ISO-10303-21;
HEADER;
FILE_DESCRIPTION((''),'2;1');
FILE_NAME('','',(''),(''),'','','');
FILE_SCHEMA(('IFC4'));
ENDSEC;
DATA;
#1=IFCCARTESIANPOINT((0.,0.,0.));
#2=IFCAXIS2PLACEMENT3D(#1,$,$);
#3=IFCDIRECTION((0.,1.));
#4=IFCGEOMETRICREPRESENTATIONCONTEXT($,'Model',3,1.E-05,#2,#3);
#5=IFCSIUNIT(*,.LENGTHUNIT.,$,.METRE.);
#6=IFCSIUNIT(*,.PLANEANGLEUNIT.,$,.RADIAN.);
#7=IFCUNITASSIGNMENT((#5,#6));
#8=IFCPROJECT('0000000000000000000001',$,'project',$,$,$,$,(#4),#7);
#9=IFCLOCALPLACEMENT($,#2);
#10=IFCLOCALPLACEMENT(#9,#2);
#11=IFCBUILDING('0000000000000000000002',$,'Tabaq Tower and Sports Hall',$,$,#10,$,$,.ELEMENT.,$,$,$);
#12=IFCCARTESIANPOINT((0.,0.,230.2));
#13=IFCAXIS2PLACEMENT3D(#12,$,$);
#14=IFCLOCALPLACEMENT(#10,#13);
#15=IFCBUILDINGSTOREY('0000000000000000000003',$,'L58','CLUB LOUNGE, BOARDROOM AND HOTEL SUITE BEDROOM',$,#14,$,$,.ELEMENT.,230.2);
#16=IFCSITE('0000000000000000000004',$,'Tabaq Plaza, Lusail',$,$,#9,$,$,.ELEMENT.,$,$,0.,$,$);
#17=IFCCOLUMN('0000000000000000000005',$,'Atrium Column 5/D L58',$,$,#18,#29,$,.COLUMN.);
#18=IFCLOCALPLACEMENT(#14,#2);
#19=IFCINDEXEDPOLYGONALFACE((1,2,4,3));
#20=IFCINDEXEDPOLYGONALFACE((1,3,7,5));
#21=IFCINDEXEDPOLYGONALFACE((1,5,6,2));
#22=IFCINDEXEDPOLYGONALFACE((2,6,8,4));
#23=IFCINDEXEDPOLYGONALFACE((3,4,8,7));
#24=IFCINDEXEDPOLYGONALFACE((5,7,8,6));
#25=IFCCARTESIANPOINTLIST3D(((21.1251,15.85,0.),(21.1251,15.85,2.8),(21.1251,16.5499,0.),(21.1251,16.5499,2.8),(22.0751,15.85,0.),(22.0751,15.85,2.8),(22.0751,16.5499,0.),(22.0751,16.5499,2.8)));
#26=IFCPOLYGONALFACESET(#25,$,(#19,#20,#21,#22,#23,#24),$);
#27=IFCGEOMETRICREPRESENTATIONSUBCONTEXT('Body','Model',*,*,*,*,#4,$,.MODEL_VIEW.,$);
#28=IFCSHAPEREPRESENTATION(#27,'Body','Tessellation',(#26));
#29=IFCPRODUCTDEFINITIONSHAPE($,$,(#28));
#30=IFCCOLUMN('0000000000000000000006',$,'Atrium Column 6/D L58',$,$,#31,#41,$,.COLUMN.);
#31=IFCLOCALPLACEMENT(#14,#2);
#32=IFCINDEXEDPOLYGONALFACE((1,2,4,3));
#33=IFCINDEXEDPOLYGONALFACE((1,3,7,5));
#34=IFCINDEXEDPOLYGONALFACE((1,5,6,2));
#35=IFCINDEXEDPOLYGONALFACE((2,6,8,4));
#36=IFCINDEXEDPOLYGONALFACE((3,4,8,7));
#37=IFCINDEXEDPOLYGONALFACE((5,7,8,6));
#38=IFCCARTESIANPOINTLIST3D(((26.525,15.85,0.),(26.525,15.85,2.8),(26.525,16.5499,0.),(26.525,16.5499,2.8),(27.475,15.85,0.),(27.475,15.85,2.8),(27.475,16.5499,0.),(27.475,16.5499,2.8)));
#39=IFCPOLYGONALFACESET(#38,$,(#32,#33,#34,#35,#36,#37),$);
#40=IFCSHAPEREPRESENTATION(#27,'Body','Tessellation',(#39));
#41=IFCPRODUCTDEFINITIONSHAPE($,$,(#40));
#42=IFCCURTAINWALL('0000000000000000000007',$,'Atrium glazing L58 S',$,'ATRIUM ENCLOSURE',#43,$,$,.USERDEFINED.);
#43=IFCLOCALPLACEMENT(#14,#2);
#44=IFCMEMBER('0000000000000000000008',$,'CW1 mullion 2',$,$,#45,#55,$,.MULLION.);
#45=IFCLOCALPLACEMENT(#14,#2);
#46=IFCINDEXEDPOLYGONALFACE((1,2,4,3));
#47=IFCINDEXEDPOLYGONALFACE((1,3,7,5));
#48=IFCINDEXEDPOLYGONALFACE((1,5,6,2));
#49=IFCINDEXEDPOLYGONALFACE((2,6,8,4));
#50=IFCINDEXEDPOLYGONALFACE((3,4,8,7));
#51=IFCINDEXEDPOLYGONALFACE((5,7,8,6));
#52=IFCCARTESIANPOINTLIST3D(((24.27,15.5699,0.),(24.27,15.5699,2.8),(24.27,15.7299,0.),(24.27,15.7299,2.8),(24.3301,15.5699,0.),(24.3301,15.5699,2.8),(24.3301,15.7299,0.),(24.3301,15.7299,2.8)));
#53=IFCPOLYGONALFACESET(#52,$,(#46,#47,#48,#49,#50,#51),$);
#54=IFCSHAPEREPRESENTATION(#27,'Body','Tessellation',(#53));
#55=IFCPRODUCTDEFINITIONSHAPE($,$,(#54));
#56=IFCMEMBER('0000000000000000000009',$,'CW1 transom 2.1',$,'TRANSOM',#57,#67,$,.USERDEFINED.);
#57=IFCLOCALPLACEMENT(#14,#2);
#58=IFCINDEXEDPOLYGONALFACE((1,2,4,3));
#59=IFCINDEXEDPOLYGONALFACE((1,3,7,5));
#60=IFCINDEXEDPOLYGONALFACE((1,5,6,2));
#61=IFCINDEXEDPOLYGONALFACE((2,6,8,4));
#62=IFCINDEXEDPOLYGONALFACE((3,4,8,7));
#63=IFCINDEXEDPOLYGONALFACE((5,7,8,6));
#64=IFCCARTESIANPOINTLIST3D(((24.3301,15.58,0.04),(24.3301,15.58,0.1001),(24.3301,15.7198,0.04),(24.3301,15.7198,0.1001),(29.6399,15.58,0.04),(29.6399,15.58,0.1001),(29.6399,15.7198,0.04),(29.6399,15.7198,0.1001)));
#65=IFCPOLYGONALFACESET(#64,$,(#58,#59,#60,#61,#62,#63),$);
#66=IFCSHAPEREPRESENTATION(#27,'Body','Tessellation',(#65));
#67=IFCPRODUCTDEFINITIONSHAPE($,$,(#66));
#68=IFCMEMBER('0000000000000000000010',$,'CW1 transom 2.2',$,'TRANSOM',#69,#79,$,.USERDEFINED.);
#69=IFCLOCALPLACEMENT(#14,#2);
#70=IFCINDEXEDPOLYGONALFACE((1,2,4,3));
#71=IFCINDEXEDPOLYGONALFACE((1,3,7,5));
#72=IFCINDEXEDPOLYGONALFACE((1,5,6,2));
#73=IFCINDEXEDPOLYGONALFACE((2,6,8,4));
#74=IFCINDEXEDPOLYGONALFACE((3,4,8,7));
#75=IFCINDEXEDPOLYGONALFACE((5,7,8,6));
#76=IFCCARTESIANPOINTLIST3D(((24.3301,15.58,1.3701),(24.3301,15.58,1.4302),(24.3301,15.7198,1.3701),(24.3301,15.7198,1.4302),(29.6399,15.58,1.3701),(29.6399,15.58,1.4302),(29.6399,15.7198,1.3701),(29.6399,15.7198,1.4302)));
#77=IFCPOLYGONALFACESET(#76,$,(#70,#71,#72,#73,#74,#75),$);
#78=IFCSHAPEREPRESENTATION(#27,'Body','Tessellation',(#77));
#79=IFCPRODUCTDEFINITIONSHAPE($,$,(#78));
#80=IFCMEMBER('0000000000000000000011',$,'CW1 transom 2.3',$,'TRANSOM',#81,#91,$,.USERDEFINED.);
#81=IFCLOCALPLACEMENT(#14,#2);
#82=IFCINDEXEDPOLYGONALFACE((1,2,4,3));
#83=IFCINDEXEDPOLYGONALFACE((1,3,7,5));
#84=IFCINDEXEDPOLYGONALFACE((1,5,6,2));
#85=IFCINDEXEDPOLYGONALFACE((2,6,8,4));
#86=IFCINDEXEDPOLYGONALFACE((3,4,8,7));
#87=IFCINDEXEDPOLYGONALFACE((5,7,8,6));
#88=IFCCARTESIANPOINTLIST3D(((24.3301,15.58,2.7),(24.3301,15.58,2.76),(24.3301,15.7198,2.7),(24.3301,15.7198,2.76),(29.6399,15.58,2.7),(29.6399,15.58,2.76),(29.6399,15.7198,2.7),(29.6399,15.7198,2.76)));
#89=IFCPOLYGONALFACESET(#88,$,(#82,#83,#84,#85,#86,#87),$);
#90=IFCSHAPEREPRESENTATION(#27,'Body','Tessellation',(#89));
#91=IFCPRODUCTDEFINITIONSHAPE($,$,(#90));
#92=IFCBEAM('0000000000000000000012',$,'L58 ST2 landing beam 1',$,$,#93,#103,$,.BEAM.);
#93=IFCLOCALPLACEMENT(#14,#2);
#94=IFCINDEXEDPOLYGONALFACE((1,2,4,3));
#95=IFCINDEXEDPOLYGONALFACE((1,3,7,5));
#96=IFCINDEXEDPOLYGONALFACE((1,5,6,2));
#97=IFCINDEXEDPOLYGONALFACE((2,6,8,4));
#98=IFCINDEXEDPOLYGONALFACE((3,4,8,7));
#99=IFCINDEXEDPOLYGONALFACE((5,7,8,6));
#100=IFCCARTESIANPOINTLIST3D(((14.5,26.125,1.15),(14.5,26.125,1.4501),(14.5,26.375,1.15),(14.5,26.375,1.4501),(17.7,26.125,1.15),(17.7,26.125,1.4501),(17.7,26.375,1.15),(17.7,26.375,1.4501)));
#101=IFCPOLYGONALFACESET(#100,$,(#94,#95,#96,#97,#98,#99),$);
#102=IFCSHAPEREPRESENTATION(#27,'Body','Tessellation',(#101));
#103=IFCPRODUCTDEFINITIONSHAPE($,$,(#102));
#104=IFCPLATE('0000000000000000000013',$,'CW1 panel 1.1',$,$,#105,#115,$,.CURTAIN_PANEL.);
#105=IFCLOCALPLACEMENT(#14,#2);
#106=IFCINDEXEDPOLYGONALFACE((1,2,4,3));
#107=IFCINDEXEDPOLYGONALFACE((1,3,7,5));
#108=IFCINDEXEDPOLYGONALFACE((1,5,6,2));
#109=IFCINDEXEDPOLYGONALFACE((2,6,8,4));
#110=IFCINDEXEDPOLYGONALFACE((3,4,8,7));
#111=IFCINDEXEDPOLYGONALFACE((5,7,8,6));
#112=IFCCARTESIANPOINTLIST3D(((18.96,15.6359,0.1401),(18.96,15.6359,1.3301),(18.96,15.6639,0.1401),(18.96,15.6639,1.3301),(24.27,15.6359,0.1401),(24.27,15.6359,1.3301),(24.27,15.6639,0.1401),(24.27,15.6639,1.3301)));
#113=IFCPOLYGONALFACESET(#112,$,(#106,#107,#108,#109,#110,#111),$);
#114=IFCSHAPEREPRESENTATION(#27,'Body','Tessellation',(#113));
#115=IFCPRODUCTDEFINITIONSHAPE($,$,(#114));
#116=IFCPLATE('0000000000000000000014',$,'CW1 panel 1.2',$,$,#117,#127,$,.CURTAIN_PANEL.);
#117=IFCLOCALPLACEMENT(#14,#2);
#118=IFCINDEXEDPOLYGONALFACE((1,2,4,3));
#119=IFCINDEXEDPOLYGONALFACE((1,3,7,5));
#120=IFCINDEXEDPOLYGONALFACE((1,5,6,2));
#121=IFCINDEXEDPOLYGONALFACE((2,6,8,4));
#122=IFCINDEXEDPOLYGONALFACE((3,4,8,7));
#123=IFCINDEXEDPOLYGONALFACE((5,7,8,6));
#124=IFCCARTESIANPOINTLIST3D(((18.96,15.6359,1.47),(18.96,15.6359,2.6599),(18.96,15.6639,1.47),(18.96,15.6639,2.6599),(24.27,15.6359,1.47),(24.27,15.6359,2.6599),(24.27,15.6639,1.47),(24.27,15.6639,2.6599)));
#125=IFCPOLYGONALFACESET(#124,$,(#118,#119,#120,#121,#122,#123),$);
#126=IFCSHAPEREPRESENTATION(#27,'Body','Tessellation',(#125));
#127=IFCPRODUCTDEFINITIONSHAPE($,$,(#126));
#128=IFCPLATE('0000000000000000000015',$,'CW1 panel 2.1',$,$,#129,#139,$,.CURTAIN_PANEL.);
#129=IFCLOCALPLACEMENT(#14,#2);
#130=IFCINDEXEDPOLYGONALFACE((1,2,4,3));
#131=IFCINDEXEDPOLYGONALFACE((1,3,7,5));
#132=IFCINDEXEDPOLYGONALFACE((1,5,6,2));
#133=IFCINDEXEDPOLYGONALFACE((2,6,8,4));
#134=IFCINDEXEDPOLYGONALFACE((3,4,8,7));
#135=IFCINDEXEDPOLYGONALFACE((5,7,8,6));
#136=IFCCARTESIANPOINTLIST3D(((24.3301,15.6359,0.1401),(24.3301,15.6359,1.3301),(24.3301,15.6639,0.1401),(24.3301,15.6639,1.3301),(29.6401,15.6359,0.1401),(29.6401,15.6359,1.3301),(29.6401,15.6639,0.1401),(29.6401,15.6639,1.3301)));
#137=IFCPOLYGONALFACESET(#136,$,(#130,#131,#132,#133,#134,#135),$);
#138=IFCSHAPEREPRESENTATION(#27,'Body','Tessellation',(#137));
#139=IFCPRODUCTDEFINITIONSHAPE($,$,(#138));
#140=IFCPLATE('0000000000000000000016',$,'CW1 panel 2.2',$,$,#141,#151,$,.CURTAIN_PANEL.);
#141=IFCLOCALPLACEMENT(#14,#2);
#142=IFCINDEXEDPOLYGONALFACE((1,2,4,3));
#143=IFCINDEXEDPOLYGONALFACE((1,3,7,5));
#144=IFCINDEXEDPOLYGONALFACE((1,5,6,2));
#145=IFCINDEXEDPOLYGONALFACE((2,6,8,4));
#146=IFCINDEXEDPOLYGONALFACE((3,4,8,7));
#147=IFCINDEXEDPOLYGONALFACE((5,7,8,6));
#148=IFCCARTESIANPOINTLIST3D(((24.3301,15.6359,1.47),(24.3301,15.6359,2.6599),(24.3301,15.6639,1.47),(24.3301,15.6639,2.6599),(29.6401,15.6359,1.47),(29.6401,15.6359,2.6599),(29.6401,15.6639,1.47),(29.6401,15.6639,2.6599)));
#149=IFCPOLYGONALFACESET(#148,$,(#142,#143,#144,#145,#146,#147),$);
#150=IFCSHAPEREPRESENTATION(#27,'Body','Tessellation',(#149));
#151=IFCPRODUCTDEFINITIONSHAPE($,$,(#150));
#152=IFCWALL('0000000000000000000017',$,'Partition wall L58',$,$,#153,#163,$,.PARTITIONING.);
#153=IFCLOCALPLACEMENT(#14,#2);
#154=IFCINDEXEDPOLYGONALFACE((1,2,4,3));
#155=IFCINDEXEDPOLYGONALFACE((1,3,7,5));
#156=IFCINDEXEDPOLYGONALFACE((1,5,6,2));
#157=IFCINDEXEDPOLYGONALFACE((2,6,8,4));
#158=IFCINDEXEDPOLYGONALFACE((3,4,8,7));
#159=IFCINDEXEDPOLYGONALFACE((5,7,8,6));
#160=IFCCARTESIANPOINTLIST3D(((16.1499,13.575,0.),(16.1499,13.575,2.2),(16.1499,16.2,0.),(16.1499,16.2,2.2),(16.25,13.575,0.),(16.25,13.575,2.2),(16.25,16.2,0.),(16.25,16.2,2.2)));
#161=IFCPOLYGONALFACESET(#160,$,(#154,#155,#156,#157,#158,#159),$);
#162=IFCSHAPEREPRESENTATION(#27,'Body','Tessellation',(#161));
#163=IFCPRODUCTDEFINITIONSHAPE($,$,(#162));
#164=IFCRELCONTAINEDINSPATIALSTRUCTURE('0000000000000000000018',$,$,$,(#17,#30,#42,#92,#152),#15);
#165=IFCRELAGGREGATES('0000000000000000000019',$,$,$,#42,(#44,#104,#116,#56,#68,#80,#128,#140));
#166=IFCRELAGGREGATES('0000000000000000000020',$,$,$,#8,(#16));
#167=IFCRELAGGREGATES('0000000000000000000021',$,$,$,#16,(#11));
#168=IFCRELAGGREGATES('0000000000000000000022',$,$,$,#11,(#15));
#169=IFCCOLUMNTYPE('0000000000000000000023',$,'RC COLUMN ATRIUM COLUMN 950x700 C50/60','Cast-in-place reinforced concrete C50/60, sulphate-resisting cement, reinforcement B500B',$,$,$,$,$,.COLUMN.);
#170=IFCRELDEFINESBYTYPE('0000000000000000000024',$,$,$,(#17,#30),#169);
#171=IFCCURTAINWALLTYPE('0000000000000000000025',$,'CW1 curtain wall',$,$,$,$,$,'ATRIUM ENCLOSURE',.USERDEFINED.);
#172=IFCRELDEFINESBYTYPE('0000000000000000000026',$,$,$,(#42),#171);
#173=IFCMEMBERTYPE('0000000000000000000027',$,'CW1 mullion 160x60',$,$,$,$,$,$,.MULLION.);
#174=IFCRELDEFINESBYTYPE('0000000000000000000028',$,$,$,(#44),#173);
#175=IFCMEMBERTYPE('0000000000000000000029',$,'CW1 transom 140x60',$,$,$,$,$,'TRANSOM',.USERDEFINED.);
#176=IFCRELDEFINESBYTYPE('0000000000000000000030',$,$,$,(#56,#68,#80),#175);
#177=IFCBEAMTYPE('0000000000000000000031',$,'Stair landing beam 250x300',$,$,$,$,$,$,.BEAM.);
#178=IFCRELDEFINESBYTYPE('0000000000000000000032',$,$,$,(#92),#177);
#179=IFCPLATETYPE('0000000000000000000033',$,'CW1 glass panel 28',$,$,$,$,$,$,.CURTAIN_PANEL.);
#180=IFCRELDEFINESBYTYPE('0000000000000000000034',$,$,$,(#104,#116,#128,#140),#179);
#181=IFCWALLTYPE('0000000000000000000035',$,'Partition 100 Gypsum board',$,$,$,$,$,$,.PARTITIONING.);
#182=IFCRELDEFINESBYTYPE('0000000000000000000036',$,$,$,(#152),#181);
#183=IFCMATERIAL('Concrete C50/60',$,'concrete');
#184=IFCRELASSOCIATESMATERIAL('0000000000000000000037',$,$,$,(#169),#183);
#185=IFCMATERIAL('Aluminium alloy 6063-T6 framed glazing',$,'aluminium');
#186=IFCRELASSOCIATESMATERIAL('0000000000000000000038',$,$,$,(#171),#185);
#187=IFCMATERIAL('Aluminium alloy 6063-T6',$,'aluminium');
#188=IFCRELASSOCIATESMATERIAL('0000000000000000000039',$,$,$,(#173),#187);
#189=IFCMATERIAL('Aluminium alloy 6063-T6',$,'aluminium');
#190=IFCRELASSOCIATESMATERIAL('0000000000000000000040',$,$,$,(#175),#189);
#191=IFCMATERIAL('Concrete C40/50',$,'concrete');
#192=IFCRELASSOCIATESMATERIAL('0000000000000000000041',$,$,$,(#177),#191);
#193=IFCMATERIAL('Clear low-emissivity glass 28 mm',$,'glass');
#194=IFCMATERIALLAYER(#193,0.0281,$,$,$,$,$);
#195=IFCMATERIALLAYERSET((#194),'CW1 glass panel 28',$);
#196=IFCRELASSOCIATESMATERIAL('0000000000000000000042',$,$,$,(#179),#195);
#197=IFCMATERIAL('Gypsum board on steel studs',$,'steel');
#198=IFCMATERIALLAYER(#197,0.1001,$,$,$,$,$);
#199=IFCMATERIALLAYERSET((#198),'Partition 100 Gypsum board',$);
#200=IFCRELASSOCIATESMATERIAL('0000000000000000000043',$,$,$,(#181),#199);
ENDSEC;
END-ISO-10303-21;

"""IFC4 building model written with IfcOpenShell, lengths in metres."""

from ifc_helpers import new_model, si_unit, direction, frame, frame_2d, origin, origin_2d, place, context, subcontext, project, spatial, rectangle, extrude, material, layer, layer_set, material_profile, profile_set, type_object, element, aggregate, save


model = new_model("IFC4")

# Units and contexts
model_context = context("Model", 3, precision=1e-05, world=origin(), true_north=direction((0.0, 1.0)))
body_context = subcontext(model_context, "Body", "Model", "MODEL_VIEW")
ifc_project = project(units=[si_unit("LENGTHUNIT", "METRE"), si_unit("PLANEANGLEUNIT", "RADIAN")], contexts=[model_context])

# Site, building, storey
site_placement = place(None, origin())
site = spatial("IfcSite", under=ifc_project, at=site_placement, Name="Tabaq Plaza, Lusail", CompositionType="ELEMENT", RefElevation=0.0)
building_placement = place(site_placement, origin())
building = spatial("IfcBuilding", under=site, at=building_placement, Name="Tabaq Tower and Sports Hall", CompositionType="ELEMENT")
storey_placement = place(building_placement, frame((0.0, 0.0, 230.2)))
storey = spatial("IfcBuildingStorey", under=building, at=storey_placement, Name="L58", Description="CLUB LOUNGE, BOARDROOM AND HOTEL SUITE BEDROOM", CompositionType="ELEMENT", Elevation=230.2)

# Columns
ifc_material_1 = material(Name="Concrete C50/60", Category="concrete")
ifc_material_profile_1 = material_profile(ifc_material_1, rectangle(XDim=0.95, YDim=0.7, at=origin_2d()), Name="ATRIUM COLUMN 950x700")
ifc_profile_set_1 = profile_set([ifc_material_profile_1], Name="Concrete C50/60")
column_type = type_object("IfcColumnType", Name="RC COLUMN ATRIUM COLUMN 950x700 C50/60", Description="Cast-in-place reinforced concrete C50/60, sulphate-resisting cement, reinforcement B500B", PredefinedType="COLUMN", material=ifc_profile_set_1)
for number, where, z_axis, x_axis, name in (
    (1, (21.6001, 16.2, 0.0), (0.0, 0.0, 1.0), (1.0, 0.0, 0.0), "Atrium Column 5/D L58"),
    (2, (27.0, 16.2, 0.0), (0.0, 0.0, 1.0), (1.0, 0.0, 0.0), "Atrium Column 6/D L58"),
):
    element("IfcColumn", number, at=place(storey_placement, frame(where, z_axis=z_axis, x_axis=x_axis)), inside=storey, type_object=column_type, Name=name, PredefinedType="COLUMN", context=body_context, shape_type="SweptSolid", body=[
        extrude(rectangle(XDim=0.95, YDim=0.7, at=origin_2d()), origin(), (0.0, 0.0, 1.0), 2.8),
    ])

# Curtain wall, members
ifc_material_2 = material(Name="Aluminium alloy 6063-T6 framed glazing", Category="aluminium")
curtain_wall_type = type_object("IfcCurtainWallType", Name="CW1 curtain wall", ElementType="ATRIUM ENCLOSURE", PredefinedType="USERDEFINED", material=ifc_material_2)
curtain_wall_placement = place(storey_placement, origin())
curtain_wall = element("IfcCurtainWall", 3, at=curtain_wall_placement, inside=storey, type_object=curtain_wall_type, Name="Atrium glazing L58 S", ObjectType="ATRIUM ENCLOSURE", PredefinedType="USERDEFINED")
ifc_material_3 = material(Name="Aluminium alloy 6063-T6", Category="aluminium")
ifc_material_profile_2 = material_profile(ifc_material_3, rectangle(XDim=0.1599, YDim=0.0601, at=origin_2d()), Name="MULLION 160x60")
ifc_profile_set_2 = profile_set([ifc_material_profile_2], Name="Aluminium alloy 6063-T6")
member_type_1 = type_object("IfcMemberType", Name="CW1 mullion 160x60", PredefinedType="MULLION", material=ifc_profile_set_2)
member_1_placement = place(storey_placement, frame((24.3, 15.6499, 0.0), z_axis=(0.0, 0.0, 1.0), x_axis=(0.0, 1.0, 0.0)))
member_1 = element("IfcMember", 4, at=member_1_placement, type_object=member_type_1, Name="CW1 mullion 2", PredefinedType="MULLION", context=body_context, shape_type="SweptSolid", body=[
    extrude(rectangle(XDim=0.1599, YDim=0.0601, at=origin_2d()), origin(), (0.0, 0.0, 1.0), 2.8),
])
ifc_material_4 = material(Name="Aluminium alloy 6063-T6", Category="aluminium")
ifc_material_profile_3 = material_profile(ifc_material_4, rectangle(XDim=0.1399, YDim=0.0601, at=origin_2d()), Name="TRANSOM 140x60")
ifc_profile_set_3 = profile_set([ifc_material_profile_3], Name="Aluminium alloy 6063-T6")
member_type_2 = type_object("IfcMemberType", Name="CW1 transom 140x60", ElementType="TRANSOM", PredefinedType="USERDEFINED", material=ifc_profile_set_3)
member_2_placement = place(storey_placement, frame((24.3301, 15.6499, 0.0701), z_axis=(1.0, 0.0, 0.0), x_axis=(0.0, 1.0, 0.0)))
member_2 = element("IfcMember", 5, at=member_2_placement, type_object=member_type_2, Name="CW1 transom 2.1", ObjectType="TRANSOM", PredefinedType="USERDEFINED", context=body_context, shape_type="SweptSolid", body=[
    extrude(rectangle(XDim=0.1399, YDim=0.0601, at=origin_2d()), origin(), (0.0, 0.0, 1.0), 5.3098),
])
member_3_placement = place(storey_placement, frame((24.3301, 15.6499, 1.4001), z_axis=(1.0, 0.0, 0.0), x_axis=(0.0, 1.0, 0.0)))
member_3 = element("IfcMember", 6, at=member_3_placement, type_object=member_type_2, Name="CW1 transom 2.2", ObjectType="TRANSOM", PredefinedType="USERDEFINED", context=body_context, shape_type="SweptSolid", body=[
    extrude(rectangle(XDim=0.1399, YDim=0.0601, at=origin_2d()), origin(), (0.0, 0.0, 1.0), 5.3098),
])
member_4_placement = place(storey_placement, frame((24.3301, 15.6499, 2.73), z_axis=(1.0, 0.0, 0.0), x_axis=(0.0, 1.0, 0.0)))
member_4 = element("IfcMember", 7, at=member_4_placement, type_object=member_type_2, Name="CW1 transom 2.3", ObjectType="TRANSOM", PredefinedType="USERDEFINED", context=body_context, shape_type="SweptSolid", body=[
    extrude(rectangle(XDim=0.1399, YDim=0.0601, at=origin_2d()), origin(), (0.0, 0.0, 1.0), 5.3098),
])

# Beam
ifc_material_5 = material(Name="Concrete C40/50", Category="concrete")
ifc_material_profile_4 = material_profile(ifc_material_5, rectangle(XDim=0.25, YDim=0.3, at=origin_2d()), Name="RC 250x300")
ifc_profile_set_4 = profile_set([ifc_material_profile_4], Name="Concrete C40/50")
beam_type = type_object("IfcBeamType", Name="Stair landing beam 250x300", PredefinedType="BEAM", material=ifc_profile_set_4)
beam_placement = place(storey_placement, frame((14.5, 26.25, 1.3), z_axis=(1.0, 0.0, 0.0), x_axis=(0.0, 1.0, 0.0)))
element("IfcBeam", 8, at=beam_placement, inside=storey, type_object=beam_type, Name="L58 ST2 landing beam 1", PredefinedType="BEAM", context=body_context, shape_type="SweptSolid", body=[
    extrude(rectangle(XDim=0.25, YDim=0.3, at=origin_2d()), origin(), (0.0, 0.0, 1.0), 3.2),
])

# Plates
ifc_material_6 = material(Name="Clear low-emissivity glass 28 mm", Category="glass")
ifc_layer_1 = layer(ifc_material_6, 0.0281)
ifc_layer_set_1 = layer_set([ifc_layer_1], Name="CW1 glass panel 28")
plate_type = type_object("IfcPlateType", Name="CW1 glass panel 28", PredefinedType="CURTAIN_PANEL", material=ifc_layer_set_1)
plate_1_placement = place(storey_placement, frame((21.615, 15.6499, 0.1401), z_axis=(0.0, 0.0, 1.0), x_axis=(1.0, 0.0, 0.0)))
plate_1 = element("IfcPlate", 9, at=plate_1_placement, type_object=plate_type, Name="CW1 panel 1.1", PredefinedType="CURTAIN_PANEL", context=body_context, shape_type="SweptSolid", body=[
    extrude(rectangle(XDim=5.3101, YDim=0.0281, at=origin_2d()), origin(), (0.0, 0.0, 1.0), 1.1899),
])
plate_2_placement = place(storey_placement, frame((21.615, 15.6499, 1.47), z_axis=(0.0, 0.0, 1.0), x_axis=(1.0, 0.0, 0.0)))
plate_2 = element("IfcPlate", 10, at=plate_2_placement, type_object=plate_type, Name="CW1 panel 1.2", PredefinedType="CURTAIN_PANEL", context=body_context, shape_type="SweptSolid", body=[
    extrude(rectangle(XDim=5.3101, YDim=0.0281, at=origin_2d()), origin(), (0.0, 0.0, 1.0), 1.1899),
])
plate_3_placement = place(storey_placement, frame((26.9851, 15.6499, 0.1401), z_axis=(0.0, 0.0, 1.0), x_axis=(1.0, 0.0, 0.0)))
plate_3 = element("IfcPlate", 11, at=plate_3_placement, type_object=plate_type, Name="CW1 panel 2.1", PredefinedType="CURTAIN_PANEL", context=body_context, shape_type="SweptSolid", body=[
    extrude(rectangle(XDim=5.3101, YDim=0.0281, at=origin_2d()), origin(), (0.0, 0.0, 1.0), 1.1899),
])
plate_4_placement = place(storey_placement, frame((26.9851, 15.6499, 1.47), z_axis=(0.0, 0.0, 1.0), x_axis=(1.0, 0.0, 0.0)))
plate_4 = element("IfcPlate", 12, at=plate_4_placement, type_object=plate_type, Name="CW1 panel 2.2", PredefinedType="CURTAIN_PANEL", context=body_context, shape_type="SweptSolid", body=[
    extrude(rectangle(XDim=5.3101, YDim=0.0281, at=origin_2d()), origin(), (0.0, 0.0, 1.0), 1.1899),
])
aggregate(curtain_wall, [member_1, plate_1, plate_2, member_2, member_3, member_4, plate_3, plate_4])

# Wall
ifc_material_7 = material(Name="Gypsum board on steel studs", Category="steel")
ifc_layer_2 = layer(ifc_material_7, 0.1001)
ifc_layer_set_2 = layer_set([ifc_layer_2], Name="Partition 100 Gypsum board")
wall_type_1 = type_object("IfcWallType", Name="Partition 100 Gypsum board", PredefinedType="PARTITIONING", material=ifc_layer_set_2)
wall_1_placement = place(storey_placement, frame((16.2, 16.2, 0.0), z_axis=(0.0, 0.0, 1.0), x_axis=(0.0, -1.0, 0.0)))
element("IfcWall", 13, at=wall_1_placement, inside=storey, type_object=wall_type_1, Name="Partition wall L58", PredefinedType="PARTITIONING", context=body_context, shape_type="SweptSolid", body=[
    extrude(rectangle(XDim=2.625, YDim=0.1001, at=frame_2d((1.3125, 0.0))), origin(), (0.0, 0.0, 1.0), 2.2),
])

save(model, "model.ifc")
